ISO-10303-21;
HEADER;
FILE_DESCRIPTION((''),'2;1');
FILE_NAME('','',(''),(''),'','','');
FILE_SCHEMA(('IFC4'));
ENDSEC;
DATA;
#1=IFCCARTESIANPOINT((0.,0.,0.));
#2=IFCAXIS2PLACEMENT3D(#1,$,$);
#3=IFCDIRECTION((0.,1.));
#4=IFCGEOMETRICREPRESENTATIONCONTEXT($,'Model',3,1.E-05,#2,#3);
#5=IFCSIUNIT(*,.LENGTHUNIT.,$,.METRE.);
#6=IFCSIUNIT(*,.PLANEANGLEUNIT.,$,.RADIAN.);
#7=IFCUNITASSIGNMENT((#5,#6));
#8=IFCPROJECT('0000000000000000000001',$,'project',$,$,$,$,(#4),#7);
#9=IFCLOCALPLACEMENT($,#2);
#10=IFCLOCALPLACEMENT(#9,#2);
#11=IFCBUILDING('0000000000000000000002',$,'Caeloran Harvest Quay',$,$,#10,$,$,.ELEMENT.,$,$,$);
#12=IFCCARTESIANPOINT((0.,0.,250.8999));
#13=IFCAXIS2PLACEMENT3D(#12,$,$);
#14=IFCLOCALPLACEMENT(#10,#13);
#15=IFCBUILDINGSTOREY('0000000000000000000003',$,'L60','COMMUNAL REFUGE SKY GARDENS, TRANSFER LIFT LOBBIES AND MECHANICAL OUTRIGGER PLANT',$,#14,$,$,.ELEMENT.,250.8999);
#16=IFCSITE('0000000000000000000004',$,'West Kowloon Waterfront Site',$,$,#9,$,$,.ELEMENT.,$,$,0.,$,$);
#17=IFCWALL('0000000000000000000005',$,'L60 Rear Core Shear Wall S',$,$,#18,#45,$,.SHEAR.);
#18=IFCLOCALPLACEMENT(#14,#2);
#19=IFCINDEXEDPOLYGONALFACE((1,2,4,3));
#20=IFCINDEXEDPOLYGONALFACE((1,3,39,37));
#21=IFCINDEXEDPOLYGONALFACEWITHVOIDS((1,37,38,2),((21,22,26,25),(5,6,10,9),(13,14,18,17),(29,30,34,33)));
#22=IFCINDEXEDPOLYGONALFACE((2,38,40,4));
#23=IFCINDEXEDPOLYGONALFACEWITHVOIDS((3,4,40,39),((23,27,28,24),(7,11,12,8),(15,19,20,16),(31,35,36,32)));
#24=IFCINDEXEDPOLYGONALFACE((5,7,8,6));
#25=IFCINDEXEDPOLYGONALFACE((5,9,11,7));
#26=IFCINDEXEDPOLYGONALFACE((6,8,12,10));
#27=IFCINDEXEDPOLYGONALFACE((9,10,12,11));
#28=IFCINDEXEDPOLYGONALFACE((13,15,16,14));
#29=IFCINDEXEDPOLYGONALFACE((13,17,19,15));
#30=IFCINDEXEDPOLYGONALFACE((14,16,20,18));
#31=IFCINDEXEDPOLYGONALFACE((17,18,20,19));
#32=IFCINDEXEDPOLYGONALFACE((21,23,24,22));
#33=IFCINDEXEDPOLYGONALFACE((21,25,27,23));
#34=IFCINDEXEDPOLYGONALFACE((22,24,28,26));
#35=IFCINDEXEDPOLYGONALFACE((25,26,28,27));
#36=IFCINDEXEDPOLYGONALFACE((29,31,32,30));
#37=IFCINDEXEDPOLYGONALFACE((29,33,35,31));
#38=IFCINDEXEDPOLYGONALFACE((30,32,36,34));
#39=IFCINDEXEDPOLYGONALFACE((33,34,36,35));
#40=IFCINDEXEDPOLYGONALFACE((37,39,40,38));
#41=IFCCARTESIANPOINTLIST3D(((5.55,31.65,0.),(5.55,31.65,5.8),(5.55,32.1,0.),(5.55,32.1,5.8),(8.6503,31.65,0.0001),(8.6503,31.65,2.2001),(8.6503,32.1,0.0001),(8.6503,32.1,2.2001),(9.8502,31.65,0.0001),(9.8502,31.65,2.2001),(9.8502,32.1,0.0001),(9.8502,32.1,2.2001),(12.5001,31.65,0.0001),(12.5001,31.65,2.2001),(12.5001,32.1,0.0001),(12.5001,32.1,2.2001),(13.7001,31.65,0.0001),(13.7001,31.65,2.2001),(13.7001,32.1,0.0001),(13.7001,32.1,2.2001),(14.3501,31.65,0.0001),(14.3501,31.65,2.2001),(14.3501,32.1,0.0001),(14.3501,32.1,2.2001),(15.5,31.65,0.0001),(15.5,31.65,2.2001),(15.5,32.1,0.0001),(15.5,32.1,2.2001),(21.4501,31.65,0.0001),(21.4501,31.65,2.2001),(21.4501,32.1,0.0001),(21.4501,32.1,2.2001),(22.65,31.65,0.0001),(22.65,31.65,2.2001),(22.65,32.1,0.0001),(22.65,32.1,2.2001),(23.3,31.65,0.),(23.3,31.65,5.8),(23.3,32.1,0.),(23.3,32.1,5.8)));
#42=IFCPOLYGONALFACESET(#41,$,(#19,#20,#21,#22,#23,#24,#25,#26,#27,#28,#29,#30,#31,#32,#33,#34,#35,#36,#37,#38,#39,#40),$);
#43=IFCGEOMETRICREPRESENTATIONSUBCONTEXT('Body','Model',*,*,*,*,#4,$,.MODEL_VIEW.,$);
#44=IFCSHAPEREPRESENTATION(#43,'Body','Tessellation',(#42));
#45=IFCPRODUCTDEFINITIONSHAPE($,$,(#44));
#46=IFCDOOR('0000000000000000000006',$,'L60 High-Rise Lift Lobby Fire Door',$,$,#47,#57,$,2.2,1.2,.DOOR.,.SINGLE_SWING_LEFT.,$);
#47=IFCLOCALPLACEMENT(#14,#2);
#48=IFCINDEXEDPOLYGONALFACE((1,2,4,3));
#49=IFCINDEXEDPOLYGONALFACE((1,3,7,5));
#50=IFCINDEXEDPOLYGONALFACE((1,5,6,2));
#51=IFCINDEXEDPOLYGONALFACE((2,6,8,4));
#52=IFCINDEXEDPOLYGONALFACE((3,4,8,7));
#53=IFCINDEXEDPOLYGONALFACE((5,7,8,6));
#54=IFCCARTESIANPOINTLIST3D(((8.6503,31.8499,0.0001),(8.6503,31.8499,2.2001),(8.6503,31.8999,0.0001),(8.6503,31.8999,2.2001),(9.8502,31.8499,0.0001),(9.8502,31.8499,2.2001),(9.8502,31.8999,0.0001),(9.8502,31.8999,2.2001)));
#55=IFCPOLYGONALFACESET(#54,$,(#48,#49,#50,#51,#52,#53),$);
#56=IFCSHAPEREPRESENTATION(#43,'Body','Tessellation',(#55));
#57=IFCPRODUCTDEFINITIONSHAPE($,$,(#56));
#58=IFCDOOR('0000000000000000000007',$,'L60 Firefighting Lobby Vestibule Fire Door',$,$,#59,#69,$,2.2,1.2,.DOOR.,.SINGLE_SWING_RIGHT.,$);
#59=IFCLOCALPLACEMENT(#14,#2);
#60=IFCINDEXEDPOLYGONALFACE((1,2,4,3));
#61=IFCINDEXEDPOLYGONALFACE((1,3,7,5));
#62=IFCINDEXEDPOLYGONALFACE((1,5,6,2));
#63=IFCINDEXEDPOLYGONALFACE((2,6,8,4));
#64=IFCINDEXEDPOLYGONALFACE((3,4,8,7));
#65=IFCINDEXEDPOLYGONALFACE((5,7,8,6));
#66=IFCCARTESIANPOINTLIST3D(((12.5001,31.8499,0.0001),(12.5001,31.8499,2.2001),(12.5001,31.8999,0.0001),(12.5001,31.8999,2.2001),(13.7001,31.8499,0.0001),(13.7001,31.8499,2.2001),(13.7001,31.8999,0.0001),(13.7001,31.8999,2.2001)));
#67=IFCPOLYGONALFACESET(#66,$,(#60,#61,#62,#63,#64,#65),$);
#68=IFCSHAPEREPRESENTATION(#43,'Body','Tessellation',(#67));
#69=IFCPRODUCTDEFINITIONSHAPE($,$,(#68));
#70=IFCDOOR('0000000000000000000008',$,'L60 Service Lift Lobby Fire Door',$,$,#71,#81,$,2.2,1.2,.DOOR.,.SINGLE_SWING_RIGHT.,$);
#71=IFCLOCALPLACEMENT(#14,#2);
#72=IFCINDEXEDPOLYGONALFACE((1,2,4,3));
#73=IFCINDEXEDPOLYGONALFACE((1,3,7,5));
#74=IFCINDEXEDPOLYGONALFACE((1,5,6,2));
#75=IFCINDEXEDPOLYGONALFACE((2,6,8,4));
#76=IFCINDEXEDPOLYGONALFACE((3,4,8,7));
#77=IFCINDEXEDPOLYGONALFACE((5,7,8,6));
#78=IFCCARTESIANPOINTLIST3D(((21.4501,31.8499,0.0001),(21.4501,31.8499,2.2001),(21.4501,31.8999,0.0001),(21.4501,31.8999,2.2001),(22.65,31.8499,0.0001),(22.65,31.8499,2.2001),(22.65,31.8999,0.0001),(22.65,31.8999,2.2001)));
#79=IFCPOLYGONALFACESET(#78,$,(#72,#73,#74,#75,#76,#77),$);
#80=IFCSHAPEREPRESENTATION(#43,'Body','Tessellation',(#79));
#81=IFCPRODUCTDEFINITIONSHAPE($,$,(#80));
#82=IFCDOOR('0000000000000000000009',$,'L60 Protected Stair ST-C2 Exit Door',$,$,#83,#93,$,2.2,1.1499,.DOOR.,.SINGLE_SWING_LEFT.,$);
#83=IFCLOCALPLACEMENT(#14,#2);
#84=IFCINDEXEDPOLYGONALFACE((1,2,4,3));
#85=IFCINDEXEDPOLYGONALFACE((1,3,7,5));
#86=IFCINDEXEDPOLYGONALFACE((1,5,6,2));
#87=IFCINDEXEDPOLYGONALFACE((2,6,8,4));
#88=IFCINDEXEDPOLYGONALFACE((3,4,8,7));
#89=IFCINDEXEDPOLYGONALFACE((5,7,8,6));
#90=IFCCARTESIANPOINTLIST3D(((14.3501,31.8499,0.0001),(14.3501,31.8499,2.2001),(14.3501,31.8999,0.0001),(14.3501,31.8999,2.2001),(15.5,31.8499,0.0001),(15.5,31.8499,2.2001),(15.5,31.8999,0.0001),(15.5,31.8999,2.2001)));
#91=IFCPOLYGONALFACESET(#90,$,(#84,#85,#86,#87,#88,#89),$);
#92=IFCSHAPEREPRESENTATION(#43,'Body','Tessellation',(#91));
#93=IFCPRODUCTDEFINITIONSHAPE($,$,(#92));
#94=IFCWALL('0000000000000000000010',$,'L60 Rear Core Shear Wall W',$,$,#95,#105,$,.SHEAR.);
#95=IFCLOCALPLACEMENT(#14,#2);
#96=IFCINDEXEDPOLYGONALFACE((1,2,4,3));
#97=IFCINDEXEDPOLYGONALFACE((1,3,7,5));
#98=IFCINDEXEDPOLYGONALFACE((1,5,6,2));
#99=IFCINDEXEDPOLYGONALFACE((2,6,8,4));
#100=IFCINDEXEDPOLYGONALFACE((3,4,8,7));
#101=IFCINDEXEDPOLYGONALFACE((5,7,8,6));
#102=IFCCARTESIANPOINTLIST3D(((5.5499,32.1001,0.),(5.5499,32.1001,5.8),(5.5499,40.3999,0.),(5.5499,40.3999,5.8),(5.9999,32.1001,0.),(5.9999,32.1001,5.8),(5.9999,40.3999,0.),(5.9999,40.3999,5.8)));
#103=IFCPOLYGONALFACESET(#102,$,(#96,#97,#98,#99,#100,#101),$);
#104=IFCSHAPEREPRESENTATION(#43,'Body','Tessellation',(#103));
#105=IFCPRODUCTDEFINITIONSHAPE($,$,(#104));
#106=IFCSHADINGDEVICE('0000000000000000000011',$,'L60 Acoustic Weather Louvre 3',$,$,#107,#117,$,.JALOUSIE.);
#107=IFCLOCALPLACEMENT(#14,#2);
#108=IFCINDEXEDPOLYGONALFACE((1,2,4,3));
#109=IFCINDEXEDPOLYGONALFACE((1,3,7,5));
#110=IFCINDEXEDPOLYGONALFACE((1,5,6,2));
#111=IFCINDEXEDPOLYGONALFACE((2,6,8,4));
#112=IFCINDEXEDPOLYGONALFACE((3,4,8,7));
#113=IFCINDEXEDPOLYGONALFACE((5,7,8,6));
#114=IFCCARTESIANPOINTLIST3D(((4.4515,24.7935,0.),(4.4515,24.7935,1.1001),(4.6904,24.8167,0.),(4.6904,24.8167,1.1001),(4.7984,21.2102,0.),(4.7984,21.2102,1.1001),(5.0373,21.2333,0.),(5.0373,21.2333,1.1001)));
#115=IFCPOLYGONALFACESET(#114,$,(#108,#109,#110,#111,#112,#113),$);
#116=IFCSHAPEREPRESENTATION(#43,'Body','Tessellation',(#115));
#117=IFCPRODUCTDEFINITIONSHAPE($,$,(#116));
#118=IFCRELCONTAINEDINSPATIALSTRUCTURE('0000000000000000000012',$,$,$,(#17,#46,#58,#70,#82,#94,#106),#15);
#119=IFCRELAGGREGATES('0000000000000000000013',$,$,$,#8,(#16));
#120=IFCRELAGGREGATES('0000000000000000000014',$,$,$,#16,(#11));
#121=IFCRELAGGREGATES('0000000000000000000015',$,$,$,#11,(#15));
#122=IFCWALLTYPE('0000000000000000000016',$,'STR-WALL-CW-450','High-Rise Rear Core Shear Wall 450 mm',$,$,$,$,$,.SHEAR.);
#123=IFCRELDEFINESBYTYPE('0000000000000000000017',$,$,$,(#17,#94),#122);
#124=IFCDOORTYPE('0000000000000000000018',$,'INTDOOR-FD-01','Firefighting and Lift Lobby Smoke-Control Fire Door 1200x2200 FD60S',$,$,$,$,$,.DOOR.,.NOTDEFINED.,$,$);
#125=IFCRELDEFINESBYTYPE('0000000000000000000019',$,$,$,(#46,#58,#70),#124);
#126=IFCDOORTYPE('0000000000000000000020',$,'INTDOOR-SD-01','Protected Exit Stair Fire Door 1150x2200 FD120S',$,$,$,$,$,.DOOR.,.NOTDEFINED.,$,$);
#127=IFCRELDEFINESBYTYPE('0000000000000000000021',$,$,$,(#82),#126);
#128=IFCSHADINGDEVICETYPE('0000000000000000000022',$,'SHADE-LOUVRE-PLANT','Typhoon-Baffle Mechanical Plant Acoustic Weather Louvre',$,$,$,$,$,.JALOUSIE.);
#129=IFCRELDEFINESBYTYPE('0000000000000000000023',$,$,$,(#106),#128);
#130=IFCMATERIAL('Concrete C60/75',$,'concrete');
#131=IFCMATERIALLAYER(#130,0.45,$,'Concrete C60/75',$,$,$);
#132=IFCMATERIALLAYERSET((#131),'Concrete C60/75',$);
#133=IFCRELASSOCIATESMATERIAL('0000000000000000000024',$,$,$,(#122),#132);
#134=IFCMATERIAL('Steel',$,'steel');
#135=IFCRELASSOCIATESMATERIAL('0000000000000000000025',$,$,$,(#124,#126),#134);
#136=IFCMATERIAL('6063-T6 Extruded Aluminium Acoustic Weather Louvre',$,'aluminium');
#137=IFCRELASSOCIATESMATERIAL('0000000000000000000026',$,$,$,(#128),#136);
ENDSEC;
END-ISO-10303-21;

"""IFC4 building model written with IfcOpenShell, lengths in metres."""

from ifc_helpers import new_model, si_unit, direction, frame, frame_2d, origin, origin_2d, place, context, subcontext, project, spatial, rectangle, extrude, material, layer, layer_set, type_object, element, fill, save


model = new_model("IFC4")

# Units and contexts
model_context = context("Model", 3, precision=1e-05, world=origin(), true_north=direction((0.0, 1.0)))
body_context = subcontext(model_context, "Body", "Model", "MODEL_VIEW")
ifc_project = project(units=[si_unit("LENGTHUNIT", "METRE"), si_unit("PLANEANGLEUNIT", "RADIAN")], contexts=[model_context])

# Site, building, storey
site_placement = place(None, origin())
site = spatial("IfcSite", under=ifc_project, at=site_placement, Name="West Kowloon Waterfront Site", CompositionType="ELEMENT", RefElevation=0.0)
building_placement = place(site_placement, origin())
building = spatial("IfcBuilding", under=site, at=building_placement, Name="Caeloran Harvest Quay", CompositionType="ELEMENT")
storey_placement = place(building_placement, frame((0.0, 0.0, 250.8999)))
storey = spatial("IfcBuildingStorey", under=building, at=storey_placement, Name="L60", Description="COMMUNAL REFUGE SKY GARDENS, TRANSFER LIFT LOBBIES AND MECHANICAL OUTRIGGER PLANT", CompositionType="ELEMENT", Elevation=250.8999)

# Shared definitions
ifc_material_1 = material(Name="Concrete C60/75", Category="concrete")

# Wall, openings, doors
ifc_layer_1 = layer(ifc_material_1, 0.45, Name="Concrete C60/75")
ifc_layer_set_1 = layer_set([ifc_layer_1], Name="Concrete C60/75")
wall_type_1 = type_object("IfcWallType", Name="STR-WALL-CW-450", Description="High-Rise Rear Core Shear Wall 450 mm", PredefinedType="SHEAR", material=ifc_layer_set_1)
wall_1_placement = place(storey_placement, frame((5.55, 31.875, 0.0), z_axis=(0.0, 0.0, 1.0), x_axis=(1.0, 0.0, 0.0)))
wall_1 = element("IfcWall", 1, at=wall_1_placement, inside=storey, type_object=wall_type_1, Name="L60 Rear Core Shear Wall S", PredefinedType="SHEAR", context=body_context, shape_type="SweptSolid", body=[
    extrude(rectangle(XDim=17.75, YDim=0.45, at=frame_2d((8.875, 0.0))), origin(), (0.0, 0.0, 1.0), 5.8),
])
opening_1_placement = place(wall_1_placement, frame((3.1001, 0.0, 0.0)))
opening_1 = element("IfcOpeningElement", 2, at=opening_1_placement, cuts=wall_1, PredefinedType="OPENING", context=body_context, shape_type="SweptSolid", body=[
    extrude(rectangle(XDim=1.2, YDim=2.2, at=frame_2d((0.6001, 1.1001))), frame((0.0, 0.2349, 0.0), z_axis=(0.0, -1.0, 0.0), x_axis=(1.0, 0.0, 0.0)), (0.0, 0.0, 1.0), 0.47),
])
opening_2_placement = place(wall_1_placement, frame((6.95, 0.0, 0.0)))
opening_2 = element("IfcOpeningElement", 3, at=opening_2_placement, cuts=wall_1, PredefinedType="OPENING", context=body_context, shape_type="SweptSolid", body=[
    extrude(rectangle(XDim=1.2, YDim=2.2, at=frame_2d((0.6001, 1.1001))), frame((0.0, 0.2349, 0.0), z_axis=(0.0, -1.0, 0.0), x_axis=(1.0, 0.0, 0.0)), (0.0, 0.0, 1.0), 0.47),
])
opening_3_placement = place(wall_1_placement, frame((8.8, 0.0, 0.0)))
opening_3 = element("IfcOpeningElement", 4, at=opening_3_placement, cuts=wall_1, PredefinedType="OPENING", context=body_context, shape_type="SweptSolid", body=[
    extrude(rectangle(XDim=1.1499, YDim=2.2, at=frame_2d((0.575, 1.1001))), frame((0.0, 0.2349, 0.0), z_axis=(0.0, -1.0, 0.0), x_axis=(1.0, 0.0, 0.0)), (0.0, 0.0, 1.0), 0.47),
])
opening_4_placement = place(wall_1_placement, frame((15.8999, 0.0, 0.0)))
opening_4 = element("IfcOpeningElement", 5, at=opening_4_placement, cuts=wall_1, PredefinedType="OPENING", context=body_context, shape_type="SweptSolid", body=[
    extrude(rectangle(XDim=1.2, YDim=2.2, at=frame_2d((0.6001, 1.1001))), frame((0.0, 0.2349, 0.0), z_axis=(0.0, -1.0, 0.0), x_axis=(1.0, 0.0, 0.0)), (0.0, 0.0, 1.0), 0.47),
])
ifc_material_2 = material(Name="Steel", Category="steel")
door_type_1 = type_object("IfcDoorType", Name="INTDOOR-FD-01", Description="Firefighting and Lift Lobby Smoke-Control Fire Door 1200x2200 FD60S", OperationType="NOTDEFINED", PredefinedType="DOOR", material=ifc_material_2)
door_1_placement = place(opening_1_placement, origin())
door_1 = element("IfcDoor", 6, at=door_1_placement, inside=storey, type_object=door_type_1, Name="L60 High-Rise Lift Lobby Fire Door", OperationType="SINGLE_SWING_LEFT", OverallHeight=2.2, OverallWidth=1.2, PredefinedType="DOOR", context=body_context, shape_type="SweptSolid", body=[
    extrude(rectangle(XDim=1.2, YDim=2.2, at=frame_2d((0.6001, 1.1001))), frame((0.0, 0.0249, 0.0), z_axis=(0.0, -1.0, 0.0), x_axis=(1.0, 0.0, 0.0)), (0.0, 0.0, 1.0), 0.05),
])
fill(opening_1, door_1)
door_2_placement = place(opening_2_placement, origin())
door_2 = element("IfcDoor", 7, at=door_2_placement, inside=storey, type_object=door_type_1, Name="L60 Firefighting Lobby Vestibule Fire Door", OperationType="SINGLE_SWING_RIGHT", OverallHeight=2.2, OverallWidth=1.2, PredefinedType="DOOR", context=body_context, shape_type="SweptSolid", body=[
    extrude(rectangle(XDim=1.2, YDim=2.2, at=frame_2d((0.6001, 1.1001))), frame((0.0, 0.0249, 0.0), z_axis=(0.0, -1.0, 0.0), x_axis=(1.0, 0.0, 0.0)), (0.0, 0.0, 1.0), 0.05),
])
fill(opening_2, door_2)
door_3_placement = place(opening_4_placement, origin())
door_3 = element("IfcDoor", 8, at=door_3_placement, inside=storey, type_object=door_type_1, Name="L60 Service Lift Lobby Fire Door", OperationType="SINGLE_SWING_RIGHT", OverallHeight=2.2, OverallWidth=1.2, PredefinedType="DOOR", context=body_context, shape_type="SweptSolid", body=[
    extrude(rectangle(XDim=1.2, YDim=2.2, at=frame_2d((0.6001, 1.1001))), frame((0.0, 0.0249, 0.0), z_axis=(0.0, -1.0, 0.0), x_axis=(1.0, 0.0, 0.0)), (0.0, 0.0, 1.0), 0.05),
])
fill(opening_4, door_3)
door_type_2 = type_object("IfcDoorType", Name="INTDOOR-SD-01", Description="Protected Exit Stair Fire Door 1150x2200 FD120S", OperationType="NOTDEFINED", PredefinedType="DOOR", material=ifc_material_2)
door_4_placement = place(opening_3_placement, origin())
door_4 = element("IfcDoor", 9, at=door_4_placement, inside=storey, type_object=door_type_2, Name="L60 Protected Stair ST-C2 Exit Door", OperationType="SINGLE_SWING_LEFT", OverallHeight=2.2, OverallWidth=1.1499, PredefinedType="DOOR", context=body_context, shape_type="SweptSolid", body=[
    extrude(rectangle(XDim=1.1499, YDim=2.2, at=frame_2d((0.575, 1.1001))), frame((0.0, 0.0249, 0.0), z_axis=(0.0, -1.0, 0.0), x_axis=(1.0, 0.0, 0.0)), (0.0, 0.0, 1.0), 0.05),
])
fill(opening_3, door_4)

# Wall
wall_2_placement = place(storey_placement, frame((5.7749, 32.1001, 0.0), z_axis=(0.0, 0.0, 1.0), x_axis=(0.0, 1.0, 0.0)))
element("IfcWall", 10, at=wall_2_placement, inside=storey, type_object=wall_type_1, Name="L60 Rear Core Shear Wall W", PredefinedType="SHEAR", context=body_context, shape_type="SweptSolid", body=[
    extrude(rectangle(XDim=8.2998, YDim=0.45, at=frame_2d((4.1499, 0.0))), origin(), (0.0, 0.0, 1.0), 5.8),
])

# Shading device
ifc_material_3 = material(Name="6063-T6 Extruded Aluminium Acoustic Weather Louvre", Category="aluminium")
shading_device_type = type_object("IfcShadingDeviceType", Name="SHADE-LOUVRE-PLANT", Description="Typhoon-Baffle Mechanical Plant Acoustic Weather Louvre", PredefinedType="JALOUSIE", material=ifc_material_3)
shading_device_placement = place(storey_placement, frame((4.7444, 23.0134, 0.0), z_axis=(0.0, 0.0, 1.0), x_axis=(-0.096367, 0.995346, 0.0)))
element("IfcShadingDevice", 11, at=shading_device_placement, inside=storey, type_object=shading_device_type, Name="L60 Acoustic Weather Louvre 3", PredefinedType="JALOUSIE", context=body_context, shape_type="SweptSolid", body=[
    extrude(rectangle(XDim=3.6001, YDim=0.24, at=origin_2d()), origin(), (0.0, 0.0, 1.0), 1.1001),
])

save(model, "model.ifc")
